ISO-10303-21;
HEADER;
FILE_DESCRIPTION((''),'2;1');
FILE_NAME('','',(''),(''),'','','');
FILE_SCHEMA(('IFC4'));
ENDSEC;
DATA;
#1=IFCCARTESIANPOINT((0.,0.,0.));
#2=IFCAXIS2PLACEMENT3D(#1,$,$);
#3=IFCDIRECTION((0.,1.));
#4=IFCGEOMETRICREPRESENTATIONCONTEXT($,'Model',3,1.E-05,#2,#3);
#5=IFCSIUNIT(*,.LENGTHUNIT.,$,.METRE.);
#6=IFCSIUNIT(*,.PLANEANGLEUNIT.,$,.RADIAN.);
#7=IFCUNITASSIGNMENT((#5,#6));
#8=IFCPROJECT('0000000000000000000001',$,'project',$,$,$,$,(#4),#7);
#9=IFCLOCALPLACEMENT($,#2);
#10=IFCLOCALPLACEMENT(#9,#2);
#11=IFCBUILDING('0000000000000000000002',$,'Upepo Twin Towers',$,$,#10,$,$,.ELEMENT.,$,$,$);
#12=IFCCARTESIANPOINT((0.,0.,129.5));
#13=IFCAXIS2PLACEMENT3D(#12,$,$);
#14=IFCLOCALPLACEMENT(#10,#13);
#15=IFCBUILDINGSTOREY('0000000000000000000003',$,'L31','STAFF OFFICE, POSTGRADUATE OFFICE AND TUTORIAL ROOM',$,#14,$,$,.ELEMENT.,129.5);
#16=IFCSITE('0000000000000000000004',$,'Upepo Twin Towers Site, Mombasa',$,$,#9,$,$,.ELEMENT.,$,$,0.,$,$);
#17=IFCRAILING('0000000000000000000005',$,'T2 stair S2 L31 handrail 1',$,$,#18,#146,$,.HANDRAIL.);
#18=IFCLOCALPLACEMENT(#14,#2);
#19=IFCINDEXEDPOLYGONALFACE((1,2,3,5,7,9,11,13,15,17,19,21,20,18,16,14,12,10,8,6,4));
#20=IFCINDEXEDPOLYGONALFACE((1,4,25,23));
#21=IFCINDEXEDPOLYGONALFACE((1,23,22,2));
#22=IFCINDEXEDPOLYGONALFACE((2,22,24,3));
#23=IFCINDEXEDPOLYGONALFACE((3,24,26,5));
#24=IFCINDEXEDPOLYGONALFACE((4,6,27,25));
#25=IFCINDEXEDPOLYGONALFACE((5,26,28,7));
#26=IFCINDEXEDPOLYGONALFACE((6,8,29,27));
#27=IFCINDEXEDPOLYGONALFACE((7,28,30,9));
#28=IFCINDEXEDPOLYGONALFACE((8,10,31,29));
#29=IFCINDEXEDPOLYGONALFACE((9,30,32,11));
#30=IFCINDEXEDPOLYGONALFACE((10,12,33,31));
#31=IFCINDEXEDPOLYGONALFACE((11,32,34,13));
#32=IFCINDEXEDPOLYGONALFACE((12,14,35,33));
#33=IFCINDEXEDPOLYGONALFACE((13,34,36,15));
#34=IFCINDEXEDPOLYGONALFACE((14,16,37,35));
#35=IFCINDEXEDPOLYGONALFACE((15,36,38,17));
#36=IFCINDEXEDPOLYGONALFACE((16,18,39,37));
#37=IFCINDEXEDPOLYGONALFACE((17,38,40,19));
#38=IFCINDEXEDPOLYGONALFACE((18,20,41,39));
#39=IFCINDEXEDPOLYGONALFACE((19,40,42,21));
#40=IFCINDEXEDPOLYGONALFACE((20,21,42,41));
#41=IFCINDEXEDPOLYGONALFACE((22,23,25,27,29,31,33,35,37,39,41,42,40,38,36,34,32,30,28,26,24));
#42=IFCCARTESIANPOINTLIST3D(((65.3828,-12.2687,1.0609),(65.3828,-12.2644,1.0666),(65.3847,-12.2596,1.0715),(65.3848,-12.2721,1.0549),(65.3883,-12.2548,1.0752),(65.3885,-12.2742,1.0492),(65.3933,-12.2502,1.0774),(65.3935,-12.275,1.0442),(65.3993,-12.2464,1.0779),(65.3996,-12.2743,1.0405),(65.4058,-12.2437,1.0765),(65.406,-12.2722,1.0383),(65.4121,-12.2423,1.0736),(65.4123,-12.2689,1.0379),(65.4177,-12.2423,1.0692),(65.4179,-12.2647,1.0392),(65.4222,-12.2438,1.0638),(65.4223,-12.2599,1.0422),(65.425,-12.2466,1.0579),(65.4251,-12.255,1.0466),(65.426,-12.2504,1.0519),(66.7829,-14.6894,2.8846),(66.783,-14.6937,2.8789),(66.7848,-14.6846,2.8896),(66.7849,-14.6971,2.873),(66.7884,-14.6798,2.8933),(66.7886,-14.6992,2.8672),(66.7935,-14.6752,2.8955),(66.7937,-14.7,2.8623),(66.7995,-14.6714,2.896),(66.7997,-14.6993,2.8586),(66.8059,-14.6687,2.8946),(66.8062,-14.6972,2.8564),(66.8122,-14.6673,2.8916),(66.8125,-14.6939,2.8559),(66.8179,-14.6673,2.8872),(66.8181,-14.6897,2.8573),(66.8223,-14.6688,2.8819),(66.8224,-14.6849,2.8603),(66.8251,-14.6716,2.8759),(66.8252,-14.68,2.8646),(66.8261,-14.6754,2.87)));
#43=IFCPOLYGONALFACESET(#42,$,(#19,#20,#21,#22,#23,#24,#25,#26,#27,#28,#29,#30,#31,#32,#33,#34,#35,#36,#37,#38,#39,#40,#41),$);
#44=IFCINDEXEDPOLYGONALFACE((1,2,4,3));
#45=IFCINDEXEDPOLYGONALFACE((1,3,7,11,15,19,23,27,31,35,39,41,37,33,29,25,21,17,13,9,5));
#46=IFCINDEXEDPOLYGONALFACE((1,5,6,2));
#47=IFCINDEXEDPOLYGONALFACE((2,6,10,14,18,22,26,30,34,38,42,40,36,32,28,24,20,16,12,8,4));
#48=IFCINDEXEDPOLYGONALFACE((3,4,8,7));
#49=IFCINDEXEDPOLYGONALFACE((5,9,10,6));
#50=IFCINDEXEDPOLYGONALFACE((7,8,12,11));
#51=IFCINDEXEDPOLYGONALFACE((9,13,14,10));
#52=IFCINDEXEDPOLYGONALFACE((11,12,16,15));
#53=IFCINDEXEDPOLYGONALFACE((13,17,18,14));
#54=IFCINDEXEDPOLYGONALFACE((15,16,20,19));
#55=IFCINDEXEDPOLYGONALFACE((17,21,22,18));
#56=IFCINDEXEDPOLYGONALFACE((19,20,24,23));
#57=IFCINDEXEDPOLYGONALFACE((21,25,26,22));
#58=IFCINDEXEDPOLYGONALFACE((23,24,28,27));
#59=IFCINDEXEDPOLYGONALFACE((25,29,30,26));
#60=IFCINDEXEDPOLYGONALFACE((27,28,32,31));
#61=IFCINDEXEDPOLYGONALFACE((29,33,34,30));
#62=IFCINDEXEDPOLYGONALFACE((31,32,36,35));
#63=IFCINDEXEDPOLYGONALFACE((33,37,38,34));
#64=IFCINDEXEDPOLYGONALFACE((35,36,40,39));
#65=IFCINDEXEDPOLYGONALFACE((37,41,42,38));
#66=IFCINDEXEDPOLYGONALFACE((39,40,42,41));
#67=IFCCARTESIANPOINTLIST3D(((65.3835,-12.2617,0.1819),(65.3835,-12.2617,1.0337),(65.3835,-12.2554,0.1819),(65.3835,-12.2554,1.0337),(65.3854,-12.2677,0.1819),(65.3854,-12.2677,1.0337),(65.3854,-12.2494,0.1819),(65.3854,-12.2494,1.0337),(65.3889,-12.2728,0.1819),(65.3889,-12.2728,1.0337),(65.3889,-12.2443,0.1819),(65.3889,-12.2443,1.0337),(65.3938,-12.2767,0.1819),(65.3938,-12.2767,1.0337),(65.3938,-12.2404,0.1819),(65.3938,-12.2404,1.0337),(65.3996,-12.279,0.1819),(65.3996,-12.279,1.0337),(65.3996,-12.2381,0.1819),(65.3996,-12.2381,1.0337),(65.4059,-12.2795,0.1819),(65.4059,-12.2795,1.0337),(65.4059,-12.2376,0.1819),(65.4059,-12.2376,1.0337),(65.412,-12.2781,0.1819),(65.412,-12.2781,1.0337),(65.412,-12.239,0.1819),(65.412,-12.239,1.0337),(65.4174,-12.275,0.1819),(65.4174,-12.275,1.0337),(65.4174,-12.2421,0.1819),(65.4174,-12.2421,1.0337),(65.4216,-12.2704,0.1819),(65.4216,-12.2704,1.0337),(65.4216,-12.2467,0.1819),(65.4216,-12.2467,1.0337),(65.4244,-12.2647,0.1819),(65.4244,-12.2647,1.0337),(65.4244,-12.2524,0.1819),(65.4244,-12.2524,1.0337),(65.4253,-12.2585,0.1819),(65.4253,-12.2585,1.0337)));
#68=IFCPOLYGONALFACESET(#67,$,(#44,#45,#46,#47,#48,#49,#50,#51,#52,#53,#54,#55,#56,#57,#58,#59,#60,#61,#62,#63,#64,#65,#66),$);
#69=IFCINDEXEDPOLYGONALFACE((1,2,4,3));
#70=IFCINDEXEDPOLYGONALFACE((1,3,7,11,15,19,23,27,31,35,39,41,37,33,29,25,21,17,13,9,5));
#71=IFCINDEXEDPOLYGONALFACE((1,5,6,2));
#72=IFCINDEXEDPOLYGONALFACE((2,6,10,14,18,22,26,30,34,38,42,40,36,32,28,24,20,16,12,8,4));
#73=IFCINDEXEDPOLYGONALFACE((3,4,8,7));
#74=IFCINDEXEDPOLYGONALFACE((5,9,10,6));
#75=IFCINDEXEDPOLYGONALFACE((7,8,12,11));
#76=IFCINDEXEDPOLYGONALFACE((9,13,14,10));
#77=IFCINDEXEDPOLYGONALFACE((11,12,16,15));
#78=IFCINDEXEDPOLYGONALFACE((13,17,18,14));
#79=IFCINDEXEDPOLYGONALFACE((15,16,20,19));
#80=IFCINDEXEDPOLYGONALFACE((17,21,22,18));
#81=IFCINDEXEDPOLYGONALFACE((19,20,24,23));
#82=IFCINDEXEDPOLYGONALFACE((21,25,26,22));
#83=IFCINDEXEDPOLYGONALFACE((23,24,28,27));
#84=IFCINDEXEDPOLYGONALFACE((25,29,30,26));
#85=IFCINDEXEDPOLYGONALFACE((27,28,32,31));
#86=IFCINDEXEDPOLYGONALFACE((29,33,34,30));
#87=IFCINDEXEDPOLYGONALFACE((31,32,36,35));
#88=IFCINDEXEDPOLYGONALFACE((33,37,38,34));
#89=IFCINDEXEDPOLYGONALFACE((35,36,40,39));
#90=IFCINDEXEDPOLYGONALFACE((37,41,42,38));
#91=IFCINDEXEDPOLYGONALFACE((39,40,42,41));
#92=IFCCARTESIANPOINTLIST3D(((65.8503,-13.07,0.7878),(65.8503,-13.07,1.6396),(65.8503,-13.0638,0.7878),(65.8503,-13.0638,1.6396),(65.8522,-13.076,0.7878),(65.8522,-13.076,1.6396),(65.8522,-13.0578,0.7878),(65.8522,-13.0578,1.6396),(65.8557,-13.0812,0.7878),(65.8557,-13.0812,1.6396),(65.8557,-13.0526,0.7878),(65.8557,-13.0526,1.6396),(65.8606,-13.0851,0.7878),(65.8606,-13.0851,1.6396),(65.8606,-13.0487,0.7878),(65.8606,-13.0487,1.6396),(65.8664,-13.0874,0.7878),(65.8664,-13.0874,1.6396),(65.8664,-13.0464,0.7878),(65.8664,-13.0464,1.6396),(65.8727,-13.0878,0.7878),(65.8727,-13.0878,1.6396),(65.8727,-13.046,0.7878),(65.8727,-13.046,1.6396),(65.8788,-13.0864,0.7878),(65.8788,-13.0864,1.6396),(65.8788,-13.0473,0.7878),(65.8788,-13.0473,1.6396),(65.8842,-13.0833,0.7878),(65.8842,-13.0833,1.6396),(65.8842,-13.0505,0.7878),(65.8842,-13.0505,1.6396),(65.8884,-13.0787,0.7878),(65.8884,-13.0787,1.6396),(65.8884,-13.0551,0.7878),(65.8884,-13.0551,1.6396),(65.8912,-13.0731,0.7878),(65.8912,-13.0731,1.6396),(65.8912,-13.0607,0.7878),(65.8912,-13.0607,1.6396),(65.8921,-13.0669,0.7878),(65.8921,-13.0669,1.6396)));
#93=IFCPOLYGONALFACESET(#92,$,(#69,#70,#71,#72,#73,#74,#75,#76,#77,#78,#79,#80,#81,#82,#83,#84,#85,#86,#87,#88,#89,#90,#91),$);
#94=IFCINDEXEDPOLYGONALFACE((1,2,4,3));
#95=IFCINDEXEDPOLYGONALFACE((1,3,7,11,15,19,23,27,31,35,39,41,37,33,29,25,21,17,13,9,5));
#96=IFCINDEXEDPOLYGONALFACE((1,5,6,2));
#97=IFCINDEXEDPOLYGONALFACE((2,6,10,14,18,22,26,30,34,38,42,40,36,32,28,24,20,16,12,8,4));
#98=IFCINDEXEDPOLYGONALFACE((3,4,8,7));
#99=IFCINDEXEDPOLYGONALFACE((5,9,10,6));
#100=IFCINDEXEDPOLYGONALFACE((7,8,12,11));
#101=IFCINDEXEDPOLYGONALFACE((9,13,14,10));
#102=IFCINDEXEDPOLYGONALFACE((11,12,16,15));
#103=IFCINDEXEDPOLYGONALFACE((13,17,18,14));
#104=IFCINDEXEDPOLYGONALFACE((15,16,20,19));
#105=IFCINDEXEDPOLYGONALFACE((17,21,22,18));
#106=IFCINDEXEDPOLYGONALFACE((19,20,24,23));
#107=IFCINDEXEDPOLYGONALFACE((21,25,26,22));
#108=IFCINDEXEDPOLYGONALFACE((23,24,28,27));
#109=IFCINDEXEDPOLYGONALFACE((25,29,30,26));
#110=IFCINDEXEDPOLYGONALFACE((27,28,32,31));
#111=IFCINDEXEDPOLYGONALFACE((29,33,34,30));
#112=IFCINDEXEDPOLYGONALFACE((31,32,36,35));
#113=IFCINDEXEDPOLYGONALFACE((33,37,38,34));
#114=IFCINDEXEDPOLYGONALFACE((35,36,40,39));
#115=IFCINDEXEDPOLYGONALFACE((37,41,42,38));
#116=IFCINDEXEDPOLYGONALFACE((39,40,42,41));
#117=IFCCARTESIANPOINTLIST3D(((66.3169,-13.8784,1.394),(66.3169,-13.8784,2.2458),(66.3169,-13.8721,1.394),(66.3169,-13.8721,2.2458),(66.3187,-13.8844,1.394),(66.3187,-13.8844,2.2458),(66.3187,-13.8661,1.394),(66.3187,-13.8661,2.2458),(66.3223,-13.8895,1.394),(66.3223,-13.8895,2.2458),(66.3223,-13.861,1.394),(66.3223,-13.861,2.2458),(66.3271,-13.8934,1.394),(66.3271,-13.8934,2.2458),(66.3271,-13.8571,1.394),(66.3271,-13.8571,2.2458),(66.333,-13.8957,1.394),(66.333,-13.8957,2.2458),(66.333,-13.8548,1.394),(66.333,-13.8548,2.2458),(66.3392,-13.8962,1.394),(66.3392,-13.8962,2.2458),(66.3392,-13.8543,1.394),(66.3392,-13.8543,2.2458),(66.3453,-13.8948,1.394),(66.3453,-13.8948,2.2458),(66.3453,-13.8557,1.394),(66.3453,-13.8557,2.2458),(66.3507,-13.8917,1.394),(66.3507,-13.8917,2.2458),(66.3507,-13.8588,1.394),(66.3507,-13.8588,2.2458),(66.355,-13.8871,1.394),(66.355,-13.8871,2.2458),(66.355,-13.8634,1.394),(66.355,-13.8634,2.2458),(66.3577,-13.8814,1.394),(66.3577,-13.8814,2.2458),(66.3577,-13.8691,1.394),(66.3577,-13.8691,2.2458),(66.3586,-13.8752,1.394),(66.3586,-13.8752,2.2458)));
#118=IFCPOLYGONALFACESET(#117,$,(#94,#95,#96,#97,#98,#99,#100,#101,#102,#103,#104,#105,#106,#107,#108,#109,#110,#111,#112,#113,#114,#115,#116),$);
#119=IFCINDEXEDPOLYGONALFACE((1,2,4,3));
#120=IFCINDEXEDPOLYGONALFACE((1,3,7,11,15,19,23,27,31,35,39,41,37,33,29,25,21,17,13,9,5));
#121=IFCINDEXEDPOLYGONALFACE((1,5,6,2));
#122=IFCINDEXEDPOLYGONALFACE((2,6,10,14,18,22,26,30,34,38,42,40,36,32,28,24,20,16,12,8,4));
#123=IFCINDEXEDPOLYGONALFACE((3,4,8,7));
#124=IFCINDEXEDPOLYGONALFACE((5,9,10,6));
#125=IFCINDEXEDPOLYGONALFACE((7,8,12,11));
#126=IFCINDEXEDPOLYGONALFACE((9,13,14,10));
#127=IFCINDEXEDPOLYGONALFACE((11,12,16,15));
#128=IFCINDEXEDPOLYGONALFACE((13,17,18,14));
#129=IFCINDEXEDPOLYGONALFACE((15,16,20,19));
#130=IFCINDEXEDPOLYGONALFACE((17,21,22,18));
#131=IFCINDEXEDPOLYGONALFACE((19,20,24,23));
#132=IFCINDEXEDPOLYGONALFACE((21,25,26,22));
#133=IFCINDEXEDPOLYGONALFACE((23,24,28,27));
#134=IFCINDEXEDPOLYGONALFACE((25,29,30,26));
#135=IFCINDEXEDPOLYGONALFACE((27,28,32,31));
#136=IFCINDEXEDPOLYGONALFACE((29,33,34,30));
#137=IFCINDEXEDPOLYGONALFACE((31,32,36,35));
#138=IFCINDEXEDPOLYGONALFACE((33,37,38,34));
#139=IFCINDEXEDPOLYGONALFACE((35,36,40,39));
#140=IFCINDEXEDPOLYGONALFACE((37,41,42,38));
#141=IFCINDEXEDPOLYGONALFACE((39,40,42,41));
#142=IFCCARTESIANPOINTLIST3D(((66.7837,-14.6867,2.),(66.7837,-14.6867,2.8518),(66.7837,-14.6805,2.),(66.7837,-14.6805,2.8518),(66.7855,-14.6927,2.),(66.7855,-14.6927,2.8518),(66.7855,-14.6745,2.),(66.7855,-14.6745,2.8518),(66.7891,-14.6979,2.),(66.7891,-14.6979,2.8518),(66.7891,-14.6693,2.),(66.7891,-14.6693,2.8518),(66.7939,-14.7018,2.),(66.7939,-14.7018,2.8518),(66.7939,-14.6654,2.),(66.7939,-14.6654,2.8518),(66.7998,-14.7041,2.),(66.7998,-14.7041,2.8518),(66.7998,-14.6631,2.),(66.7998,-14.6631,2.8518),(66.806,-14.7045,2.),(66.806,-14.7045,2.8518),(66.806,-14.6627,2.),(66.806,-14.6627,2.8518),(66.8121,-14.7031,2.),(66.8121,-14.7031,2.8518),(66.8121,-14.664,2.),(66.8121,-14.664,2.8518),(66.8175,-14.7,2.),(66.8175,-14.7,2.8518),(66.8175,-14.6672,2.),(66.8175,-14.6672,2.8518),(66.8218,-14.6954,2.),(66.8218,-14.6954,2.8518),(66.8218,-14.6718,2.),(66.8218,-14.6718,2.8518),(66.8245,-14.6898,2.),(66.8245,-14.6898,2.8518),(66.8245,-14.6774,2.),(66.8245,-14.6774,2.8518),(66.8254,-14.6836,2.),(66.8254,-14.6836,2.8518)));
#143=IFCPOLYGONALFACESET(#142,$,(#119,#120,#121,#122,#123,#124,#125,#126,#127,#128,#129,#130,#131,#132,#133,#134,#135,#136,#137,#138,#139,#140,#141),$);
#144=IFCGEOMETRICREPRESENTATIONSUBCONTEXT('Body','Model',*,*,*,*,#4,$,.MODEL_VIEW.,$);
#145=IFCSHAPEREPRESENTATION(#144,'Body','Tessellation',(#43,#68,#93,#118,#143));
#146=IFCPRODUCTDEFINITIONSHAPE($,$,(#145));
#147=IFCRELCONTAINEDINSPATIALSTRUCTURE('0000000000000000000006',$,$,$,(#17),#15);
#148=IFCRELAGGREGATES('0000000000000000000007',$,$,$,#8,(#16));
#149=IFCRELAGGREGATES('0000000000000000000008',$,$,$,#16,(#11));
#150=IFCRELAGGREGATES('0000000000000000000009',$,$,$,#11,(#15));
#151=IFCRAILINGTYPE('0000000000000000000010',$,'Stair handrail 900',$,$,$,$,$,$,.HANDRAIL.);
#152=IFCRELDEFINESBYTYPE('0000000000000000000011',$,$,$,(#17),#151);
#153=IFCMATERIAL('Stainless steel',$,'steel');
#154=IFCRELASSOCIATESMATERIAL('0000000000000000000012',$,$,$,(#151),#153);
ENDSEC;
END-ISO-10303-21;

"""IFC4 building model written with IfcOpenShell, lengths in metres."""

from ifc_helpers import new_model, si_unit, direction, frame, origin, origin_2d, place, context, subcontext, project, spatial, circle, extrude, material, type_object, element, save


model = new_model("IFC4")

# Units and contexts
model_context = context("Model", 3, precision=1e-05, world=origin(), true_north=direction((0.0, 1.0)))
body_context = subcontext(model_context, "Body", "Model", "MODEL_VIEW")
ifc_project = project(units=[si_unit("LENGTHUNIT", "METRE"), si_unit("PLANEANGLEUNIT", "RADIAN")], contexts=[model_context])

# Site, building, storey
site_placement = place(None, origin())
site = spatial("IfcSite", under=ifc_project, at=site_placement, Name="Upepo Twin Towers Site, Mombasa", CompositionType="ELEMENT", RefElevation=0.0)
building_placement = place(site_placement, origin())
building = spatial("IfcBuilding", under=site, at=building_placement, Name="Upepo Twin Towers", CompositionType="ELEMENT")
storey_placement = place(building_placement, frame((0.0, 0.0, 129.5)))
storey = spatial("IfcBuildingStorey", under=building, at=storey_placement, Name="L31", Description="STAFF OFFICE, POSTGRADUATE OFFICE AND TUTORIAL ROOM", CompositionType="ELEMENT", Elevation=129.5)

# Railing
ifc_material_1 = material(Name="Stainless steel", Category="steel")
railing_type = type_object("IfcRailingType", Name="Stair handrail 900", PredefinedType="HANDRAIL", material=ifc_material_1)
railing_1_placement = place(storey_placement, frame((65.4043, -12.2585, 0.1819)))
element("IfcRailing", 1, at=railing_1_placement, inside=storey, type_object=railing_type, Name="T2 stair S2 L31 handrail 1", PredefinedType="HANDRAIL", context=body_context, shape_type="SweptSolid", body=[
    extrude(circle(Radius=0.0239, at=origin_2d()), frame((0.0, 0.0, 0.876), z_axis=(0.419371, -0.726349, 0.54456), x_axis=(0.866019, 0.500012, 0.0)), (0.0, 0.0, 1.0), 3.3386),
    extrude(circle(Radius=0.021, at=origin_2d()), origin(), (0.0, 0.0, 1.0), 0.8518),
    extrude(circle(Radius=0.021, at=origin_2d()), frame((0.4668, -0.8083, 0.606)), (0.0, 0.0, 1.0), 0.8518),
    extrude(circle(Radius=0.021, at=origin_2d()), frame((0.9333, -1.6167, 1.2122)), (0.0, 0.0, 1.0), 0.8518),
    extrude(circle(Radius=0.021, at=origin_2d()), frame((1.4001, -2.425, 1.8181)), (0.0, 0.0, 1.0), 0.8518),
])

save(model, "model.ifc")
